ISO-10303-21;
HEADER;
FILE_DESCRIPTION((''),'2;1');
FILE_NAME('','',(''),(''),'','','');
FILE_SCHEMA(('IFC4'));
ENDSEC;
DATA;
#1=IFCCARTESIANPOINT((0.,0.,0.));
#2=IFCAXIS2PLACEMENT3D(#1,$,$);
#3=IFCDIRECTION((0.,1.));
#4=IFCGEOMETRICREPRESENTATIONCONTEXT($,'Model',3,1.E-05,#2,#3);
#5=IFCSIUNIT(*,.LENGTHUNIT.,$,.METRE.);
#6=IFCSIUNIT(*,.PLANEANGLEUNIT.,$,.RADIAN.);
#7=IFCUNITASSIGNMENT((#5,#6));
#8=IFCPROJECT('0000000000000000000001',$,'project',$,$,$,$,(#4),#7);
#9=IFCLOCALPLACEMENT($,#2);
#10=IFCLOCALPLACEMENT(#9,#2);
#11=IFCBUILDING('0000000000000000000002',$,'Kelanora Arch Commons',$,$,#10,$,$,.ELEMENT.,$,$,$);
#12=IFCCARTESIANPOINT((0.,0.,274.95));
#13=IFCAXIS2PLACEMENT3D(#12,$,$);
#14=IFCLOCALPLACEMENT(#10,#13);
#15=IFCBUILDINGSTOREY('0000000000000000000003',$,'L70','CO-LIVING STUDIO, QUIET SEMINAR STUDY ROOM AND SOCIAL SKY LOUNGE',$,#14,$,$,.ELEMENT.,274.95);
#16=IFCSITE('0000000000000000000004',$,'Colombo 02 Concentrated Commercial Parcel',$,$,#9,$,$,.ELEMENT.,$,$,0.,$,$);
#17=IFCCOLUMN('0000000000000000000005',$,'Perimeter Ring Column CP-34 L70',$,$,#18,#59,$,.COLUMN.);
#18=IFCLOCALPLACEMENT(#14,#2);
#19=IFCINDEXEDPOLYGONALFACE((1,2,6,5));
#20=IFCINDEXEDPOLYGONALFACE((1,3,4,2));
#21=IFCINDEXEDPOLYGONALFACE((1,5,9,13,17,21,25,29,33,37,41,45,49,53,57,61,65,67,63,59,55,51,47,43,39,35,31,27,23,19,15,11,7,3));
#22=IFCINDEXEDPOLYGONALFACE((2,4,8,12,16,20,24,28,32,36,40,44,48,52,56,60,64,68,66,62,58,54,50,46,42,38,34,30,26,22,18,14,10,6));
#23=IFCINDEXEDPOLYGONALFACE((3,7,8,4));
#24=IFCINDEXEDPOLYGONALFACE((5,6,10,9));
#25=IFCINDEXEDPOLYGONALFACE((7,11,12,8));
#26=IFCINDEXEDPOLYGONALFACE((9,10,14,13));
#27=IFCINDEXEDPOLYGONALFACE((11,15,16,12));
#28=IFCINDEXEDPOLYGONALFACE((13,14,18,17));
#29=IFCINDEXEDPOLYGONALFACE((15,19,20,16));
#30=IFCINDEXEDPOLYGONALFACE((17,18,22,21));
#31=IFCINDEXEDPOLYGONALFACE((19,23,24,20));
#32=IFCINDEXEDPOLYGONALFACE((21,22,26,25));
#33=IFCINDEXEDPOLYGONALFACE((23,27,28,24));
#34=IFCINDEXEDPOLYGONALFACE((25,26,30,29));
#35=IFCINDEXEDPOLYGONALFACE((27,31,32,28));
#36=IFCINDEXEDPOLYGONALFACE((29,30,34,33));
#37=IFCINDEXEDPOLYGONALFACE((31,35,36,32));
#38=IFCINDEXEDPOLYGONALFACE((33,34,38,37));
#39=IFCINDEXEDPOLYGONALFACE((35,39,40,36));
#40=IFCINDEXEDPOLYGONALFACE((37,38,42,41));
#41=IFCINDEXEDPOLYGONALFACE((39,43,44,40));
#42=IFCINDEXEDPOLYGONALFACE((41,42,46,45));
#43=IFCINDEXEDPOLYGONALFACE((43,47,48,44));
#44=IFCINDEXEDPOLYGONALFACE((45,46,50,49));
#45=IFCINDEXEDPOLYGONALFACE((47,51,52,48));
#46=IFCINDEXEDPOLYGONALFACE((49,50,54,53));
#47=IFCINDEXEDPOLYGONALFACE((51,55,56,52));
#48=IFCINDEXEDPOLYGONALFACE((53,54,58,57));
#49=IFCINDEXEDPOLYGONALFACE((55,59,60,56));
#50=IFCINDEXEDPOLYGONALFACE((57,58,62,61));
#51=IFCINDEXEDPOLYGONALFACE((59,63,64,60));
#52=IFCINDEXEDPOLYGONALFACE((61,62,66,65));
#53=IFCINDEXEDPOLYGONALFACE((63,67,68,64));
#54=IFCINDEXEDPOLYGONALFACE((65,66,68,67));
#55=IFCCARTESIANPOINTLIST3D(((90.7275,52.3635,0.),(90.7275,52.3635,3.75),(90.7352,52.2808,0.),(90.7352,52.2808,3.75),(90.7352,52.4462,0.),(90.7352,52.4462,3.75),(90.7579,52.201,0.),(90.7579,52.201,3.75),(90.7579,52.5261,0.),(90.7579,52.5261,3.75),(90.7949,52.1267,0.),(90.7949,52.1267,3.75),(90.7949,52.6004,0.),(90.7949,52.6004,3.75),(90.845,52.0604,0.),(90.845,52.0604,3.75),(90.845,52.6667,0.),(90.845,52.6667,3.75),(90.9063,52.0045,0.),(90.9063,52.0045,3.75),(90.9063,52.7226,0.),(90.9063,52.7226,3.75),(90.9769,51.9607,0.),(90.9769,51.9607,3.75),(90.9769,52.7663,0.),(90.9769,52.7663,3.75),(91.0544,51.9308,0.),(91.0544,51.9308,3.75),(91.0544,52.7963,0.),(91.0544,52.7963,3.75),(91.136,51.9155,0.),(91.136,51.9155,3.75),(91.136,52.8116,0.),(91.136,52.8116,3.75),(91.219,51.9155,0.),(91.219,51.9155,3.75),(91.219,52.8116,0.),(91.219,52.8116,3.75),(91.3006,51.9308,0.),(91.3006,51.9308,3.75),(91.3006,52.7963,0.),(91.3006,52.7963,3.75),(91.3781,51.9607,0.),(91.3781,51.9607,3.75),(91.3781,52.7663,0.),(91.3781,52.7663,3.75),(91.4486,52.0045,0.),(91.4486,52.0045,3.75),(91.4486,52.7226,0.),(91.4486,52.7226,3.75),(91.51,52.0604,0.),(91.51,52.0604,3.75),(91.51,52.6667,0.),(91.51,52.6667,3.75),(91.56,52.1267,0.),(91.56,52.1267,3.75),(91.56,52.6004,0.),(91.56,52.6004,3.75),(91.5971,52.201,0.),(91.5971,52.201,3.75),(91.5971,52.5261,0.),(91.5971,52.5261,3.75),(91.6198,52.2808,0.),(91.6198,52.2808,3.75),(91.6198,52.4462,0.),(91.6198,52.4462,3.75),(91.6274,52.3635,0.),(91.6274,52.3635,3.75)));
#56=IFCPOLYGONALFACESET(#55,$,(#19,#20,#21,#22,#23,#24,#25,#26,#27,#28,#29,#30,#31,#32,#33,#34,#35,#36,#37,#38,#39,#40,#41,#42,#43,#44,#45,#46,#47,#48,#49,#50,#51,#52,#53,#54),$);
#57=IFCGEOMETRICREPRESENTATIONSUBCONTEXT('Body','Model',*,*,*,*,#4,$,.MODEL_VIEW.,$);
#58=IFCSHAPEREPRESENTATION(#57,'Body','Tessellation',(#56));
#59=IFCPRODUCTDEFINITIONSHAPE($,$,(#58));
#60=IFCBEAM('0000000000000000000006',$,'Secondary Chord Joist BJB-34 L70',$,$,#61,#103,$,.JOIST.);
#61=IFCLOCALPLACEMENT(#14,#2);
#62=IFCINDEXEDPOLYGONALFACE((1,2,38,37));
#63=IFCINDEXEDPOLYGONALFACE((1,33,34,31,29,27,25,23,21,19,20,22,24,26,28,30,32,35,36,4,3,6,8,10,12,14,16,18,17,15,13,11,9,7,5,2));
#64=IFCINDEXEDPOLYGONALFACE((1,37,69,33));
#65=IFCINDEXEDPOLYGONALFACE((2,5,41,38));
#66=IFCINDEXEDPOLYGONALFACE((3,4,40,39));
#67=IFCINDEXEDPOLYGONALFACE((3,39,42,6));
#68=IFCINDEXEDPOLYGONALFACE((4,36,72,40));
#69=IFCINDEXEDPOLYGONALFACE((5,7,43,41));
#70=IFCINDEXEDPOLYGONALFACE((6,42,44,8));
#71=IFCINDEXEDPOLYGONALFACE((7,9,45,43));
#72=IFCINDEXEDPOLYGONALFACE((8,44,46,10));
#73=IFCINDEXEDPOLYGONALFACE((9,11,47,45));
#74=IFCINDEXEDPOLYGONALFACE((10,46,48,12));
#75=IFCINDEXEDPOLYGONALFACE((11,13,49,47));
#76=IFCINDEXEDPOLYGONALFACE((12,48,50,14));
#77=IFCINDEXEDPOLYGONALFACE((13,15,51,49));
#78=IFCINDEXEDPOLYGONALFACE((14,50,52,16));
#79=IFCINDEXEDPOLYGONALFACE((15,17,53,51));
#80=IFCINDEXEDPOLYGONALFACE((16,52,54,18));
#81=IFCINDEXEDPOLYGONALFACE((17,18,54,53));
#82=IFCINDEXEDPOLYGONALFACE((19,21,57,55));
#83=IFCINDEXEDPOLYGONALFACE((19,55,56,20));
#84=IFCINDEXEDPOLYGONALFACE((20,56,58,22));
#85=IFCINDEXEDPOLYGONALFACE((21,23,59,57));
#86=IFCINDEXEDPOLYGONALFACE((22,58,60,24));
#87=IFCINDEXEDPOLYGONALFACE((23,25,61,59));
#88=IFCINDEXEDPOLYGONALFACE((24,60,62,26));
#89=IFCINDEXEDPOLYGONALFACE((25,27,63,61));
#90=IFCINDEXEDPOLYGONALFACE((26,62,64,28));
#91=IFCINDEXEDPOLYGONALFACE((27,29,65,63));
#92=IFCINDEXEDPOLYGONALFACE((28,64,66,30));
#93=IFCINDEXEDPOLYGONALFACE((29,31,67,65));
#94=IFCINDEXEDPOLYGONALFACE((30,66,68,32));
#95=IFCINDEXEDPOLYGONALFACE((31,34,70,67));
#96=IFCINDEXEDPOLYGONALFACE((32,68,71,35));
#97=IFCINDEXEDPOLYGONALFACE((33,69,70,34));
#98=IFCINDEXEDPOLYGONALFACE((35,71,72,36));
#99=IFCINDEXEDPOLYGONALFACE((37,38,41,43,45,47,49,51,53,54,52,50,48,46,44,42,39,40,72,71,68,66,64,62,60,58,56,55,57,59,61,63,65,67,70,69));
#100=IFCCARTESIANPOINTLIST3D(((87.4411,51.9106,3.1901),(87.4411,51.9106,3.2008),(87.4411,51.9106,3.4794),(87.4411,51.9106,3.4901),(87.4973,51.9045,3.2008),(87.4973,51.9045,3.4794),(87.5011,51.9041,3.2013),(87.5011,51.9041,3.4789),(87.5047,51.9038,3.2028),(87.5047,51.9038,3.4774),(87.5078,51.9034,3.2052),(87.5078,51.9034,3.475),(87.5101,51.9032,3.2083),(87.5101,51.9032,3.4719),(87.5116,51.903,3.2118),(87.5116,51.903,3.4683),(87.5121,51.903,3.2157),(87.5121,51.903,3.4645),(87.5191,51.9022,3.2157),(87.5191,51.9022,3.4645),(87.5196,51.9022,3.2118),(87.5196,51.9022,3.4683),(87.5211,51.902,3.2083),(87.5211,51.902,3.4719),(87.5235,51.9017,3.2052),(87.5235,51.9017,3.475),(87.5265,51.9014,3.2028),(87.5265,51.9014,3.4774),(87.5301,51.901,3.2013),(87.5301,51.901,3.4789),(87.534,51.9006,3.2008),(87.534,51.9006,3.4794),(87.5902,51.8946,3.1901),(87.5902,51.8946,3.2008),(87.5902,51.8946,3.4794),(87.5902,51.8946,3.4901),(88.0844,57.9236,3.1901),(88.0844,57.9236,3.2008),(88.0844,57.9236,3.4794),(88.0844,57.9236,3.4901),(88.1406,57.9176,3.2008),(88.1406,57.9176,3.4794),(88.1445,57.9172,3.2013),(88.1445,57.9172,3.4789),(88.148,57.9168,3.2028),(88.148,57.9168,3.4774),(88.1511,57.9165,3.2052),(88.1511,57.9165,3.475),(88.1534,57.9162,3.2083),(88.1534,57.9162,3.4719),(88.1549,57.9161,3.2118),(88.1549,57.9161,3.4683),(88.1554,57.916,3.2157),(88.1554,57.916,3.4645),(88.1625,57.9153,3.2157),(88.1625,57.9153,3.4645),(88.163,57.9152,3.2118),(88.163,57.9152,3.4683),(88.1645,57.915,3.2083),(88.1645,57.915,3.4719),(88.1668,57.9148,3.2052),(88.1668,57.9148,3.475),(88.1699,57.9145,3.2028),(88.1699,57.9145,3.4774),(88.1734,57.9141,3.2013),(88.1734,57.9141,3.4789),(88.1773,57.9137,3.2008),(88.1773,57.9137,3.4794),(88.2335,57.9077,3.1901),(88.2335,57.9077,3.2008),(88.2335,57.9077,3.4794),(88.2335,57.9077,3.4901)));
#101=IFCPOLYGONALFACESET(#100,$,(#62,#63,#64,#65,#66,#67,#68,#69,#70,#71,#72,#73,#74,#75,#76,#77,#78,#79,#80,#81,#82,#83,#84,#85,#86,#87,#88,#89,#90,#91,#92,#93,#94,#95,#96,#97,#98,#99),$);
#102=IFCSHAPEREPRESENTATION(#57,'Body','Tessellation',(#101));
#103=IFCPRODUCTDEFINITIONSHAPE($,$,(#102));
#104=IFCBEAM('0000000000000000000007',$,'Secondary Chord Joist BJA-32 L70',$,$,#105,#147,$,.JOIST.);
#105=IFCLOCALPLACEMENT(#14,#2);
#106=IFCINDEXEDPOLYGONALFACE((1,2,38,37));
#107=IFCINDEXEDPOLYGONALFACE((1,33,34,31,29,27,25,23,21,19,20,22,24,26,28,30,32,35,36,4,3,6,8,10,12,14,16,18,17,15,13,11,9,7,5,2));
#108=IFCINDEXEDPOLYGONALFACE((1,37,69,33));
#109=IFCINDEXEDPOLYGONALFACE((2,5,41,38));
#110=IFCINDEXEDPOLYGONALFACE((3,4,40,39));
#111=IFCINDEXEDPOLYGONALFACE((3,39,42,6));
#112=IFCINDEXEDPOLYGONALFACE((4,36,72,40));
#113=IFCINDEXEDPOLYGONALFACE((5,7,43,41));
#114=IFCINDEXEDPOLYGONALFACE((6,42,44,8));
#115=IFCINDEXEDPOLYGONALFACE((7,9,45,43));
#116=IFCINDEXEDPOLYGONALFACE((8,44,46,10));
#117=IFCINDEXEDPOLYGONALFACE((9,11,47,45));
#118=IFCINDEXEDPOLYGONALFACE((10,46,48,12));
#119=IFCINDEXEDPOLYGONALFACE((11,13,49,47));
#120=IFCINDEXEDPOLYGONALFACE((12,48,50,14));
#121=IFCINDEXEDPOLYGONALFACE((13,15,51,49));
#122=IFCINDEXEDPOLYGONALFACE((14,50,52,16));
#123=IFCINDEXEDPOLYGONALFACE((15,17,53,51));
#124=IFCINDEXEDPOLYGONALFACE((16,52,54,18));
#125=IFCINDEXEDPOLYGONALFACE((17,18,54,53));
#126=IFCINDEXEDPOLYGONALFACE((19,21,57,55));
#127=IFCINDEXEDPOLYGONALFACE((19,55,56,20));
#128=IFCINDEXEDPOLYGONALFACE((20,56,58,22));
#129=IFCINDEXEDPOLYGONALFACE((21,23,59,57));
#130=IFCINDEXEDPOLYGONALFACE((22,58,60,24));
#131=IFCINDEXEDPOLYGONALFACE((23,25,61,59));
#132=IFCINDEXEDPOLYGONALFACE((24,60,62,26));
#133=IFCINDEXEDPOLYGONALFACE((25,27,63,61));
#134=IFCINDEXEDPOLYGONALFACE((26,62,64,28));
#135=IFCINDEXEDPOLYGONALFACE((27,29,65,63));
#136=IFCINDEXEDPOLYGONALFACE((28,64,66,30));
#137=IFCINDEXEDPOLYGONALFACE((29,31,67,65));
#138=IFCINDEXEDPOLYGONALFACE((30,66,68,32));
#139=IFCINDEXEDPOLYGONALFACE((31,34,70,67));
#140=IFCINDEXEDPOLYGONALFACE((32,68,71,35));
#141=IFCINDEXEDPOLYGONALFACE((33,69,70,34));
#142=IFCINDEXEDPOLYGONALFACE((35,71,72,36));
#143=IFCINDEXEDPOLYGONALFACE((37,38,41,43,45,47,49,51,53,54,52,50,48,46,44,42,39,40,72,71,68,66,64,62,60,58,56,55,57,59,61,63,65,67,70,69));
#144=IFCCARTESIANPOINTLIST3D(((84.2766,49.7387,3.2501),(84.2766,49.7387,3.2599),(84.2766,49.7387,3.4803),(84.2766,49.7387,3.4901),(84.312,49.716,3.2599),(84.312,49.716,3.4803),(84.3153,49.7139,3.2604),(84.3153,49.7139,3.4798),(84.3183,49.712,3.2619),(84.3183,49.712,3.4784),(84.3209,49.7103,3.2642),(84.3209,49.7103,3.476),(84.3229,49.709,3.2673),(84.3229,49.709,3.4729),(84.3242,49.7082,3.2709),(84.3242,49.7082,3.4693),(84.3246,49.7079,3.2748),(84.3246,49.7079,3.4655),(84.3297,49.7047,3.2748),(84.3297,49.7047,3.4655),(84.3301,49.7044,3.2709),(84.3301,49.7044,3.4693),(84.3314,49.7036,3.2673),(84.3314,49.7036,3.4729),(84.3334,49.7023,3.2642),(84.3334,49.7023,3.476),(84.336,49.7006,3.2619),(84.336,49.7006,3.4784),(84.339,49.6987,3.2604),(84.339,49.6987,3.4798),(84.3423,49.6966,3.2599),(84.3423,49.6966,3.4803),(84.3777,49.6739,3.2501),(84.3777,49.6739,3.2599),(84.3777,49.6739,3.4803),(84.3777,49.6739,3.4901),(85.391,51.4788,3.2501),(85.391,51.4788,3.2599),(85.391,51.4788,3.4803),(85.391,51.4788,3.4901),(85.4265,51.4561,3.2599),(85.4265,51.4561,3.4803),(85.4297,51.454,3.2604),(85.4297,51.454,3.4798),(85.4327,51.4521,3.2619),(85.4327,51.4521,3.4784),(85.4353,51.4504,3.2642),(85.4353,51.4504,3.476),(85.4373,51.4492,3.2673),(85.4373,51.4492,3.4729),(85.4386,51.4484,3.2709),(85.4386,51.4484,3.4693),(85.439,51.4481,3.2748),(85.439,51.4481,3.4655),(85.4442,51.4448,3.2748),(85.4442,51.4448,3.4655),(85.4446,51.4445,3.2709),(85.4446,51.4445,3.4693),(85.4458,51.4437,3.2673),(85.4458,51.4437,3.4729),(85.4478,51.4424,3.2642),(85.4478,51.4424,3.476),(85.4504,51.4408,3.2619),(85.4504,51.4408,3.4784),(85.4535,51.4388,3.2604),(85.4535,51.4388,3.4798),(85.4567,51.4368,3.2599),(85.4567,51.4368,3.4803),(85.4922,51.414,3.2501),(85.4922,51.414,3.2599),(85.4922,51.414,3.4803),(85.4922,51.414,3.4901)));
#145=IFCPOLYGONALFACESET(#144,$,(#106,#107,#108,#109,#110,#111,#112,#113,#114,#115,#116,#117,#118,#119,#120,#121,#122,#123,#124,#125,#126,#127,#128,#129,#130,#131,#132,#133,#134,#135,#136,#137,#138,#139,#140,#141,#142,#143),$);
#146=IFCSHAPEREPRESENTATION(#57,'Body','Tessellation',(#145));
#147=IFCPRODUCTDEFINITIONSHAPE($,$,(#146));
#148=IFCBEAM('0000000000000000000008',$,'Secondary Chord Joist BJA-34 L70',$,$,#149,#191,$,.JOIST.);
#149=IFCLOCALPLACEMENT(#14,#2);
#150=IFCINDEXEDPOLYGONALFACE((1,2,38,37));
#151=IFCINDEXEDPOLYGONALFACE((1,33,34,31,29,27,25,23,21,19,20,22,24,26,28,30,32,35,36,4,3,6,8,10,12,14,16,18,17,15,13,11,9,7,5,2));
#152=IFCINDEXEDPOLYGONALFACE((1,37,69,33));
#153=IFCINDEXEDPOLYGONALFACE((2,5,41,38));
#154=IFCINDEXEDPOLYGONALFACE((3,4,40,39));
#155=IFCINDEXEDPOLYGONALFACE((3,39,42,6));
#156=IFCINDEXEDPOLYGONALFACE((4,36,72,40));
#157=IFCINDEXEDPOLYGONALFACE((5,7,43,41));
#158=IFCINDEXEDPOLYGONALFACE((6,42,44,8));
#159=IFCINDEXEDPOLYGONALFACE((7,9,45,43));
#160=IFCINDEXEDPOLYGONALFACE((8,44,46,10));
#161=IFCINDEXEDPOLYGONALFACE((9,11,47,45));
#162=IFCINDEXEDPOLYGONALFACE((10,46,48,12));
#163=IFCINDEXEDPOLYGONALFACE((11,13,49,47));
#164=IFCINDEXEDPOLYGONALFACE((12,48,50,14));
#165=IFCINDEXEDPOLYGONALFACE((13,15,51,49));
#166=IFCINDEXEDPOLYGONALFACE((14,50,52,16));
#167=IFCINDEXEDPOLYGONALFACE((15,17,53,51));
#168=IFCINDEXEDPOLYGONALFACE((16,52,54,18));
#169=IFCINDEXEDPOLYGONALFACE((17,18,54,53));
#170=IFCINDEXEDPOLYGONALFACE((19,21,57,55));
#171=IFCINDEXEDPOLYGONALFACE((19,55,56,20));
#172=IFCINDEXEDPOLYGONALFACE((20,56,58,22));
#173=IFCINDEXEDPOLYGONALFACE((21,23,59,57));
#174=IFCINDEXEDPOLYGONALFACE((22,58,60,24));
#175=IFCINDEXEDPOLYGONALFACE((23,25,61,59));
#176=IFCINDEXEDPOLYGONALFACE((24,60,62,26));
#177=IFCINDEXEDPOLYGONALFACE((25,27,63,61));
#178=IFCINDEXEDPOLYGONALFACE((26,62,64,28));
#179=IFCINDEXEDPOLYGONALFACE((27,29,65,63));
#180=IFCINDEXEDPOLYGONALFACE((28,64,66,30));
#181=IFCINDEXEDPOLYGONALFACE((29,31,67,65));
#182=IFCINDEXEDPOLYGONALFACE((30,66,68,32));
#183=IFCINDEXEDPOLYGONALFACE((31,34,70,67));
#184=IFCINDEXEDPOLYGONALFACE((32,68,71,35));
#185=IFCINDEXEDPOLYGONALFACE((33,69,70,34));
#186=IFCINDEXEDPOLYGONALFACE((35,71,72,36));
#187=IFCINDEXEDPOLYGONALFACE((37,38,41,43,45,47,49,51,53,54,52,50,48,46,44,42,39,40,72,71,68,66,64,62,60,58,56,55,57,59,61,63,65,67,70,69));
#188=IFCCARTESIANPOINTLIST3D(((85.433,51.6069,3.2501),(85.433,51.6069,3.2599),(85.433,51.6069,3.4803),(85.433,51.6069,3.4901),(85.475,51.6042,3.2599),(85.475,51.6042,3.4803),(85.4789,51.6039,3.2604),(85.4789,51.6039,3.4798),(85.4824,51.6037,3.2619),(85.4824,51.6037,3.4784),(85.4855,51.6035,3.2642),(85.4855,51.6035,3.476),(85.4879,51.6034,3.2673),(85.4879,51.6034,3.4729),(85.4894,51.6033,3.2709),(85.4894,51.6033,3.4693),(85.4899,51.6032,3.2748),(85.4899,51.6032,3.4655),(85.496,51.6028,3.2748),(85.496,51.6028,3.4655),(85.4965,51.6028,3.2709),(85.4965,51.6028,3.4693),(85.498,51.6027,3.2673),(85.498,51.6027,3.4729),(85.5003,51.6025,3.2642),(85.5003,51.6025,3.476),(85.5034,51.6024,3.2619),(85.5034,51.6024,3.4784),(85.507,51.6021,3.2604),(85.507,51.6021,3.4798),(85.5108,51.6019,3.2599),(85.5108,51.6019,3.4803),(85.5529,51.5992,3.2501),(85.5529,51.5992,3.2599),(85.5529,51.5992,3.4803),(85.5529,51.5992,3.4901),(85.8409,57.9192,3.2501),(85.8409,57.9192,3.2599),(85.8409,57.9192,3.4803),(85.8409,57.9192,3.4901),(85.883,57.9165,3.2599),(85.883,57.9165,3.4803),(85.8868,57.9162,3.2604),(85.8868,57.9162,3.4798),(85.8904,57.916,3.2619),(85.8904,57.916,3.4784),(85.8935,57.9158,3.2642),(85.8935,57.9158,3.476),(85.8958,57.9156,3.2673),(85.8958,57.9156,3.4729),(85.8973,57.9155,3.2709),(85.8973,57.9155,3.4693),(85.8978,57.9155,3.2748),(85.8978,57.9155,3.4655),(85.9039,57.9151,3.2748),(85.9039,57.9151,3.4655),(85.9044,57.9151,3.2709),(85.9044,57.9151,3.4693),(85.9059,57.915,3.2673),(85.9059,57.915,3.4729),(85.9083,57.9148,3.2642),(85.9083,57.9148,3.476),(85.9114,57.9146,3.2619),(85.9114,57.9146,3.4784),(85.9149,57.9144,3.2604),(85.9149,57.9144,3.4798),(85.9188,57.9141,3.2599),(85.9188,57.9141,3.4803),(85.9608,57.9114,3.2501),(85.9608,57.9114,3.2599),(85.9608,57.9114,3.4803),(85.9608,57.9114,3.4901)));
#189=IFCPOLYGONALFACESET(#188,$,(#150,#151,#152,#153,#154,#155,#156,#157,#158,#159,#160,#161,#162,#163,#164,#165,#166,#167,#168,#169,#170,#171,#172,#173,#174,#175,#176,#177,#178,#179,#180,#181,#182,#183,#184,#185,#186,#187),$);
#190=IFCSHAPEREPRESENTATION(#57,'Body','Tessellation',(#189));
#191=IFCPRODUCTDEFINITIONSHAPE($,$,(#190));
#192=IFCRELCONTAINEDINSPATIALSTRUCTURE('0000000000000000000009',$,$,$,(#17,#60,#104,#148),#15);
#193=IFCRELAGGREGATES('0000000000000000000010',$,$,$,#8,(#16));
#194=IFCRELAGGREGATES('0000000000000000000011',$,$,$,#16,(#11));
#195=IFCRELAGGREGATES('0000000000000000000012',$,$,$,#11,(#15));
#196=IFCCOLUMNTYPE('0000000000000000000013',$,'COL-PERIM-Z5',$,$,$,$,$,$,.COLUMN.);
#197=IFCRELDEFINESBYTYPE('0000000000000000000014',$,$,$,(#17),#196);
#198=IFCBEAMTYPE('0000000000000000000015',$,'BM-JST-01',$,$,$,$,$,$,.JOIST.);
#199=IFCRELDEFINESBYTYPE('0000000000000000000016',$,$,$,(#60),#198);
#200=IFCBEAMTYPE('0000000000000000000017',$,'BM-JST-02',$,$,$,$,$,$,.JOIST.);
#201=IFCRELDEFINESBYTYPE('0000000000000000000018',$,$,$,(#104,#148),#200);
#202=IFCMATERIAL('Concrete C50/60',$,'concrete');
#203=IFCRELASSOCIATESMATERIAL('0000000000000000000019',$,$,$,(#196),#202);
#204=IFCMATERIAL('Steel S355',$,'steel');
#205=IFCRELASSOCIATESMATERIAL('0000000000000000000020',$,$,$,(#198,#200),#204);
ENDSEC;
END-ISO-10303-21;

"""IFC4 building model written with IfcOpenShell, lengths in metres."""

from ifc_helpers import new_model, si_unit, direction, frame, origin, origin_2d, place, context, subcontext, project, spatial, circle, i_section, extrude, material, material_profile, profile_set, type_object, element, save


model = new_model("IFC4")

# Units and contexts
model_context = context("Model", 3, precision=1e-05, world=origin(), true_north=direction((0.0, 1.0)))
body_context = subcontext(model_context, "Body", "Model", "MODEL_VIEW")
ifc_project = project(units=[si_unit("LENGTHUNIT", "METRE"), si_unit("PLANEANGLEUNIT", "RADIAN")], contexts=[model_context])

# Site, building, storey
site_placement = place(None, origin())
site = spatial("IfcSite", under=ifc_project, at=site_placement, Name="Colombo 02 Concentrated Commercial Parcel", CompositionType="ELEMENT", RefElevation=0.0)
building_placement = place(site_placement, origin())
building = spatial("IfcBuilding", under=site, at=building_placement, Name="Kelanora Arch Commons", CompositionType="ELEMENT")
storey_placement = place(building_placement, frame((0.0, 0.0, 274.95)))
storey = spatial("IfcBuildingStorey", under=building, at=storey_placement, Name="L70", Description="CO-LIVING STUDIO, QUIET SEMINAR STUDY ROOM AND SOCIAL SKY LOUNGE", CompositionType="ELEMENT", Elevation=274.95)

# Column
ifc_material_1 = material(Name="Concrete C50/60", Category="concrete")
ifc_material_profile_1 = material_profile(ifc_material_1, circle(Radius=0.45, at=origin_2d()), Name="RCC900")
ifc_profile_set_1 = profile_set([ifc_material_profile_1], Name="Concrete C50/60")
column_type = type_object("IfcColumnType", Name="COL-PERIM-Z5", PredefinedType="COLUMN", material=ifc_profile_set_1)
column_placement = place(storey_placement, frame((91.1775, 52.3635, 0.0), z_axis=(0.0, 0.0, 1.0), x_axis=(1.0, 0.0, 0.0)))
element("IfcColumn", 1, at=column_placement, inside=storey, type_object=column_type, Name="Perimeter Ring Column CP-34 L70", PredefinedType="COLUMN", context=body_context, shape_type="SweptSolid", body=[
    extrude(circle(Radius=0.45, at=origin_2d()), origin(), (0.0, 0.0, 1.0), 3.75),
])

# Beams
ifc_material_2 = material(Name="Steel S355", Category="steel")
ifc_material_profile_2 = material_profile(ifc_material_2, i_section(OverallWidth=0.1499, OverallDepth=0.3, WebThickness=0.0071, FlangeThickness=0.0107, FilletRadius=0.0149, at=origin_2d()), Name="IPE300")
ifc_profile_set_2 = profile_set([ifc_material_profile_2], Name="Steel S355")
beam_type_1 = type_object("IfcBeamType", Name="BM-JST-01", PredefinedType="JOIST", material=ifc_profile_set_2)
beam_1_placement = place(storey_placement, frame((87.5156, 51.9026, 3.3401), z_axis=(0.106381, 0.994325, 0.0), x_axis=(-0.994325, 0.106381, 0.0)))
element("IfcBeam", 2, at=beam_1_placement, inside=storey, type_object=beam_type_1, Name="Secondary Chord Joist BJB-34 L70", PredefinedType="JOIST", context=body_context, shape_type="SweptSolid", body=[
    extrude(i_section(OverallWidth=0.1499, OverallDepth=0.3, WebThickness=0.0071, FlangeThickness=0.0107, FilletRadius=0.0149, at=origin_2d()), origin(), (0.0, 0.0, 1.0), 6.0474),
])
ifc_material_profile_3 = material_profile(ifc_material_2, i_section(OverallWidth=0.1201, OverallDepth=0.24, WebThickness=0.0061, FlangeThickness=0.0098, FilletRadius=0.0149, at=origin_2d()), Name="IPE240")
ifc_profile_set_3 = profile_set([ifc_material_profile_3], Name="Steel S355")
beam_type_2 = type_object("IfcBeamType", Name="BM-JST-02", PredefinedType="JOIST", material=ifc_profile_set_3)
beam_2_placement = place(storey_placement, frame((84.3271, 49.7063, 3.3701), z_axis=(0.539312, 0.842106, 0.0), x_axis=(-0.842106, 0.539312, 0.0)))
element("IfcBeam", 3, at=beam_2_placement, inside=storey, type_object=beam_type_2, Name="Secondary Chord Joist BJA-32 L70", PredefinedType="JOIST", context=body_context, shape_type="SweptSolid", body=[
    extrude(i_section(OverallWidth=0.1201, OverallDepth=0.24, WebThickness=0.0061, FlangeThickness=0.0098, FilletRadius=0.0149, at=origin_2d()), origin(), (0.0, 0.0, 1.0), 2.0664),
])
beam_3_placement = place(storey_placement, frame((85.4929, 51.603, 3.3701), z_axis=(0.064495, 0.997918, 0.0), x_axis=(-0.997918, 0.064495, 0.0)))
element("IfcBeam", 4, at=beam_3_placement, inside=storey, type_object=beam_type_2, Name="Secondary Chord Joist BJA-34 L70", PredefinedType="JOIST", context=body_context, shape_type="SweptSolid", body=[
    extrude(i_section(OverallWidth=0.1201, OverallDepth=0.24, WebThickness=0.0061, FlangeThickness=0.0098, FilletRadius=0.0149, at=origin_2d()), origin(), (0.0, 0.0, 1.0), 6.3254),
])

save(model, "model.ifc")
